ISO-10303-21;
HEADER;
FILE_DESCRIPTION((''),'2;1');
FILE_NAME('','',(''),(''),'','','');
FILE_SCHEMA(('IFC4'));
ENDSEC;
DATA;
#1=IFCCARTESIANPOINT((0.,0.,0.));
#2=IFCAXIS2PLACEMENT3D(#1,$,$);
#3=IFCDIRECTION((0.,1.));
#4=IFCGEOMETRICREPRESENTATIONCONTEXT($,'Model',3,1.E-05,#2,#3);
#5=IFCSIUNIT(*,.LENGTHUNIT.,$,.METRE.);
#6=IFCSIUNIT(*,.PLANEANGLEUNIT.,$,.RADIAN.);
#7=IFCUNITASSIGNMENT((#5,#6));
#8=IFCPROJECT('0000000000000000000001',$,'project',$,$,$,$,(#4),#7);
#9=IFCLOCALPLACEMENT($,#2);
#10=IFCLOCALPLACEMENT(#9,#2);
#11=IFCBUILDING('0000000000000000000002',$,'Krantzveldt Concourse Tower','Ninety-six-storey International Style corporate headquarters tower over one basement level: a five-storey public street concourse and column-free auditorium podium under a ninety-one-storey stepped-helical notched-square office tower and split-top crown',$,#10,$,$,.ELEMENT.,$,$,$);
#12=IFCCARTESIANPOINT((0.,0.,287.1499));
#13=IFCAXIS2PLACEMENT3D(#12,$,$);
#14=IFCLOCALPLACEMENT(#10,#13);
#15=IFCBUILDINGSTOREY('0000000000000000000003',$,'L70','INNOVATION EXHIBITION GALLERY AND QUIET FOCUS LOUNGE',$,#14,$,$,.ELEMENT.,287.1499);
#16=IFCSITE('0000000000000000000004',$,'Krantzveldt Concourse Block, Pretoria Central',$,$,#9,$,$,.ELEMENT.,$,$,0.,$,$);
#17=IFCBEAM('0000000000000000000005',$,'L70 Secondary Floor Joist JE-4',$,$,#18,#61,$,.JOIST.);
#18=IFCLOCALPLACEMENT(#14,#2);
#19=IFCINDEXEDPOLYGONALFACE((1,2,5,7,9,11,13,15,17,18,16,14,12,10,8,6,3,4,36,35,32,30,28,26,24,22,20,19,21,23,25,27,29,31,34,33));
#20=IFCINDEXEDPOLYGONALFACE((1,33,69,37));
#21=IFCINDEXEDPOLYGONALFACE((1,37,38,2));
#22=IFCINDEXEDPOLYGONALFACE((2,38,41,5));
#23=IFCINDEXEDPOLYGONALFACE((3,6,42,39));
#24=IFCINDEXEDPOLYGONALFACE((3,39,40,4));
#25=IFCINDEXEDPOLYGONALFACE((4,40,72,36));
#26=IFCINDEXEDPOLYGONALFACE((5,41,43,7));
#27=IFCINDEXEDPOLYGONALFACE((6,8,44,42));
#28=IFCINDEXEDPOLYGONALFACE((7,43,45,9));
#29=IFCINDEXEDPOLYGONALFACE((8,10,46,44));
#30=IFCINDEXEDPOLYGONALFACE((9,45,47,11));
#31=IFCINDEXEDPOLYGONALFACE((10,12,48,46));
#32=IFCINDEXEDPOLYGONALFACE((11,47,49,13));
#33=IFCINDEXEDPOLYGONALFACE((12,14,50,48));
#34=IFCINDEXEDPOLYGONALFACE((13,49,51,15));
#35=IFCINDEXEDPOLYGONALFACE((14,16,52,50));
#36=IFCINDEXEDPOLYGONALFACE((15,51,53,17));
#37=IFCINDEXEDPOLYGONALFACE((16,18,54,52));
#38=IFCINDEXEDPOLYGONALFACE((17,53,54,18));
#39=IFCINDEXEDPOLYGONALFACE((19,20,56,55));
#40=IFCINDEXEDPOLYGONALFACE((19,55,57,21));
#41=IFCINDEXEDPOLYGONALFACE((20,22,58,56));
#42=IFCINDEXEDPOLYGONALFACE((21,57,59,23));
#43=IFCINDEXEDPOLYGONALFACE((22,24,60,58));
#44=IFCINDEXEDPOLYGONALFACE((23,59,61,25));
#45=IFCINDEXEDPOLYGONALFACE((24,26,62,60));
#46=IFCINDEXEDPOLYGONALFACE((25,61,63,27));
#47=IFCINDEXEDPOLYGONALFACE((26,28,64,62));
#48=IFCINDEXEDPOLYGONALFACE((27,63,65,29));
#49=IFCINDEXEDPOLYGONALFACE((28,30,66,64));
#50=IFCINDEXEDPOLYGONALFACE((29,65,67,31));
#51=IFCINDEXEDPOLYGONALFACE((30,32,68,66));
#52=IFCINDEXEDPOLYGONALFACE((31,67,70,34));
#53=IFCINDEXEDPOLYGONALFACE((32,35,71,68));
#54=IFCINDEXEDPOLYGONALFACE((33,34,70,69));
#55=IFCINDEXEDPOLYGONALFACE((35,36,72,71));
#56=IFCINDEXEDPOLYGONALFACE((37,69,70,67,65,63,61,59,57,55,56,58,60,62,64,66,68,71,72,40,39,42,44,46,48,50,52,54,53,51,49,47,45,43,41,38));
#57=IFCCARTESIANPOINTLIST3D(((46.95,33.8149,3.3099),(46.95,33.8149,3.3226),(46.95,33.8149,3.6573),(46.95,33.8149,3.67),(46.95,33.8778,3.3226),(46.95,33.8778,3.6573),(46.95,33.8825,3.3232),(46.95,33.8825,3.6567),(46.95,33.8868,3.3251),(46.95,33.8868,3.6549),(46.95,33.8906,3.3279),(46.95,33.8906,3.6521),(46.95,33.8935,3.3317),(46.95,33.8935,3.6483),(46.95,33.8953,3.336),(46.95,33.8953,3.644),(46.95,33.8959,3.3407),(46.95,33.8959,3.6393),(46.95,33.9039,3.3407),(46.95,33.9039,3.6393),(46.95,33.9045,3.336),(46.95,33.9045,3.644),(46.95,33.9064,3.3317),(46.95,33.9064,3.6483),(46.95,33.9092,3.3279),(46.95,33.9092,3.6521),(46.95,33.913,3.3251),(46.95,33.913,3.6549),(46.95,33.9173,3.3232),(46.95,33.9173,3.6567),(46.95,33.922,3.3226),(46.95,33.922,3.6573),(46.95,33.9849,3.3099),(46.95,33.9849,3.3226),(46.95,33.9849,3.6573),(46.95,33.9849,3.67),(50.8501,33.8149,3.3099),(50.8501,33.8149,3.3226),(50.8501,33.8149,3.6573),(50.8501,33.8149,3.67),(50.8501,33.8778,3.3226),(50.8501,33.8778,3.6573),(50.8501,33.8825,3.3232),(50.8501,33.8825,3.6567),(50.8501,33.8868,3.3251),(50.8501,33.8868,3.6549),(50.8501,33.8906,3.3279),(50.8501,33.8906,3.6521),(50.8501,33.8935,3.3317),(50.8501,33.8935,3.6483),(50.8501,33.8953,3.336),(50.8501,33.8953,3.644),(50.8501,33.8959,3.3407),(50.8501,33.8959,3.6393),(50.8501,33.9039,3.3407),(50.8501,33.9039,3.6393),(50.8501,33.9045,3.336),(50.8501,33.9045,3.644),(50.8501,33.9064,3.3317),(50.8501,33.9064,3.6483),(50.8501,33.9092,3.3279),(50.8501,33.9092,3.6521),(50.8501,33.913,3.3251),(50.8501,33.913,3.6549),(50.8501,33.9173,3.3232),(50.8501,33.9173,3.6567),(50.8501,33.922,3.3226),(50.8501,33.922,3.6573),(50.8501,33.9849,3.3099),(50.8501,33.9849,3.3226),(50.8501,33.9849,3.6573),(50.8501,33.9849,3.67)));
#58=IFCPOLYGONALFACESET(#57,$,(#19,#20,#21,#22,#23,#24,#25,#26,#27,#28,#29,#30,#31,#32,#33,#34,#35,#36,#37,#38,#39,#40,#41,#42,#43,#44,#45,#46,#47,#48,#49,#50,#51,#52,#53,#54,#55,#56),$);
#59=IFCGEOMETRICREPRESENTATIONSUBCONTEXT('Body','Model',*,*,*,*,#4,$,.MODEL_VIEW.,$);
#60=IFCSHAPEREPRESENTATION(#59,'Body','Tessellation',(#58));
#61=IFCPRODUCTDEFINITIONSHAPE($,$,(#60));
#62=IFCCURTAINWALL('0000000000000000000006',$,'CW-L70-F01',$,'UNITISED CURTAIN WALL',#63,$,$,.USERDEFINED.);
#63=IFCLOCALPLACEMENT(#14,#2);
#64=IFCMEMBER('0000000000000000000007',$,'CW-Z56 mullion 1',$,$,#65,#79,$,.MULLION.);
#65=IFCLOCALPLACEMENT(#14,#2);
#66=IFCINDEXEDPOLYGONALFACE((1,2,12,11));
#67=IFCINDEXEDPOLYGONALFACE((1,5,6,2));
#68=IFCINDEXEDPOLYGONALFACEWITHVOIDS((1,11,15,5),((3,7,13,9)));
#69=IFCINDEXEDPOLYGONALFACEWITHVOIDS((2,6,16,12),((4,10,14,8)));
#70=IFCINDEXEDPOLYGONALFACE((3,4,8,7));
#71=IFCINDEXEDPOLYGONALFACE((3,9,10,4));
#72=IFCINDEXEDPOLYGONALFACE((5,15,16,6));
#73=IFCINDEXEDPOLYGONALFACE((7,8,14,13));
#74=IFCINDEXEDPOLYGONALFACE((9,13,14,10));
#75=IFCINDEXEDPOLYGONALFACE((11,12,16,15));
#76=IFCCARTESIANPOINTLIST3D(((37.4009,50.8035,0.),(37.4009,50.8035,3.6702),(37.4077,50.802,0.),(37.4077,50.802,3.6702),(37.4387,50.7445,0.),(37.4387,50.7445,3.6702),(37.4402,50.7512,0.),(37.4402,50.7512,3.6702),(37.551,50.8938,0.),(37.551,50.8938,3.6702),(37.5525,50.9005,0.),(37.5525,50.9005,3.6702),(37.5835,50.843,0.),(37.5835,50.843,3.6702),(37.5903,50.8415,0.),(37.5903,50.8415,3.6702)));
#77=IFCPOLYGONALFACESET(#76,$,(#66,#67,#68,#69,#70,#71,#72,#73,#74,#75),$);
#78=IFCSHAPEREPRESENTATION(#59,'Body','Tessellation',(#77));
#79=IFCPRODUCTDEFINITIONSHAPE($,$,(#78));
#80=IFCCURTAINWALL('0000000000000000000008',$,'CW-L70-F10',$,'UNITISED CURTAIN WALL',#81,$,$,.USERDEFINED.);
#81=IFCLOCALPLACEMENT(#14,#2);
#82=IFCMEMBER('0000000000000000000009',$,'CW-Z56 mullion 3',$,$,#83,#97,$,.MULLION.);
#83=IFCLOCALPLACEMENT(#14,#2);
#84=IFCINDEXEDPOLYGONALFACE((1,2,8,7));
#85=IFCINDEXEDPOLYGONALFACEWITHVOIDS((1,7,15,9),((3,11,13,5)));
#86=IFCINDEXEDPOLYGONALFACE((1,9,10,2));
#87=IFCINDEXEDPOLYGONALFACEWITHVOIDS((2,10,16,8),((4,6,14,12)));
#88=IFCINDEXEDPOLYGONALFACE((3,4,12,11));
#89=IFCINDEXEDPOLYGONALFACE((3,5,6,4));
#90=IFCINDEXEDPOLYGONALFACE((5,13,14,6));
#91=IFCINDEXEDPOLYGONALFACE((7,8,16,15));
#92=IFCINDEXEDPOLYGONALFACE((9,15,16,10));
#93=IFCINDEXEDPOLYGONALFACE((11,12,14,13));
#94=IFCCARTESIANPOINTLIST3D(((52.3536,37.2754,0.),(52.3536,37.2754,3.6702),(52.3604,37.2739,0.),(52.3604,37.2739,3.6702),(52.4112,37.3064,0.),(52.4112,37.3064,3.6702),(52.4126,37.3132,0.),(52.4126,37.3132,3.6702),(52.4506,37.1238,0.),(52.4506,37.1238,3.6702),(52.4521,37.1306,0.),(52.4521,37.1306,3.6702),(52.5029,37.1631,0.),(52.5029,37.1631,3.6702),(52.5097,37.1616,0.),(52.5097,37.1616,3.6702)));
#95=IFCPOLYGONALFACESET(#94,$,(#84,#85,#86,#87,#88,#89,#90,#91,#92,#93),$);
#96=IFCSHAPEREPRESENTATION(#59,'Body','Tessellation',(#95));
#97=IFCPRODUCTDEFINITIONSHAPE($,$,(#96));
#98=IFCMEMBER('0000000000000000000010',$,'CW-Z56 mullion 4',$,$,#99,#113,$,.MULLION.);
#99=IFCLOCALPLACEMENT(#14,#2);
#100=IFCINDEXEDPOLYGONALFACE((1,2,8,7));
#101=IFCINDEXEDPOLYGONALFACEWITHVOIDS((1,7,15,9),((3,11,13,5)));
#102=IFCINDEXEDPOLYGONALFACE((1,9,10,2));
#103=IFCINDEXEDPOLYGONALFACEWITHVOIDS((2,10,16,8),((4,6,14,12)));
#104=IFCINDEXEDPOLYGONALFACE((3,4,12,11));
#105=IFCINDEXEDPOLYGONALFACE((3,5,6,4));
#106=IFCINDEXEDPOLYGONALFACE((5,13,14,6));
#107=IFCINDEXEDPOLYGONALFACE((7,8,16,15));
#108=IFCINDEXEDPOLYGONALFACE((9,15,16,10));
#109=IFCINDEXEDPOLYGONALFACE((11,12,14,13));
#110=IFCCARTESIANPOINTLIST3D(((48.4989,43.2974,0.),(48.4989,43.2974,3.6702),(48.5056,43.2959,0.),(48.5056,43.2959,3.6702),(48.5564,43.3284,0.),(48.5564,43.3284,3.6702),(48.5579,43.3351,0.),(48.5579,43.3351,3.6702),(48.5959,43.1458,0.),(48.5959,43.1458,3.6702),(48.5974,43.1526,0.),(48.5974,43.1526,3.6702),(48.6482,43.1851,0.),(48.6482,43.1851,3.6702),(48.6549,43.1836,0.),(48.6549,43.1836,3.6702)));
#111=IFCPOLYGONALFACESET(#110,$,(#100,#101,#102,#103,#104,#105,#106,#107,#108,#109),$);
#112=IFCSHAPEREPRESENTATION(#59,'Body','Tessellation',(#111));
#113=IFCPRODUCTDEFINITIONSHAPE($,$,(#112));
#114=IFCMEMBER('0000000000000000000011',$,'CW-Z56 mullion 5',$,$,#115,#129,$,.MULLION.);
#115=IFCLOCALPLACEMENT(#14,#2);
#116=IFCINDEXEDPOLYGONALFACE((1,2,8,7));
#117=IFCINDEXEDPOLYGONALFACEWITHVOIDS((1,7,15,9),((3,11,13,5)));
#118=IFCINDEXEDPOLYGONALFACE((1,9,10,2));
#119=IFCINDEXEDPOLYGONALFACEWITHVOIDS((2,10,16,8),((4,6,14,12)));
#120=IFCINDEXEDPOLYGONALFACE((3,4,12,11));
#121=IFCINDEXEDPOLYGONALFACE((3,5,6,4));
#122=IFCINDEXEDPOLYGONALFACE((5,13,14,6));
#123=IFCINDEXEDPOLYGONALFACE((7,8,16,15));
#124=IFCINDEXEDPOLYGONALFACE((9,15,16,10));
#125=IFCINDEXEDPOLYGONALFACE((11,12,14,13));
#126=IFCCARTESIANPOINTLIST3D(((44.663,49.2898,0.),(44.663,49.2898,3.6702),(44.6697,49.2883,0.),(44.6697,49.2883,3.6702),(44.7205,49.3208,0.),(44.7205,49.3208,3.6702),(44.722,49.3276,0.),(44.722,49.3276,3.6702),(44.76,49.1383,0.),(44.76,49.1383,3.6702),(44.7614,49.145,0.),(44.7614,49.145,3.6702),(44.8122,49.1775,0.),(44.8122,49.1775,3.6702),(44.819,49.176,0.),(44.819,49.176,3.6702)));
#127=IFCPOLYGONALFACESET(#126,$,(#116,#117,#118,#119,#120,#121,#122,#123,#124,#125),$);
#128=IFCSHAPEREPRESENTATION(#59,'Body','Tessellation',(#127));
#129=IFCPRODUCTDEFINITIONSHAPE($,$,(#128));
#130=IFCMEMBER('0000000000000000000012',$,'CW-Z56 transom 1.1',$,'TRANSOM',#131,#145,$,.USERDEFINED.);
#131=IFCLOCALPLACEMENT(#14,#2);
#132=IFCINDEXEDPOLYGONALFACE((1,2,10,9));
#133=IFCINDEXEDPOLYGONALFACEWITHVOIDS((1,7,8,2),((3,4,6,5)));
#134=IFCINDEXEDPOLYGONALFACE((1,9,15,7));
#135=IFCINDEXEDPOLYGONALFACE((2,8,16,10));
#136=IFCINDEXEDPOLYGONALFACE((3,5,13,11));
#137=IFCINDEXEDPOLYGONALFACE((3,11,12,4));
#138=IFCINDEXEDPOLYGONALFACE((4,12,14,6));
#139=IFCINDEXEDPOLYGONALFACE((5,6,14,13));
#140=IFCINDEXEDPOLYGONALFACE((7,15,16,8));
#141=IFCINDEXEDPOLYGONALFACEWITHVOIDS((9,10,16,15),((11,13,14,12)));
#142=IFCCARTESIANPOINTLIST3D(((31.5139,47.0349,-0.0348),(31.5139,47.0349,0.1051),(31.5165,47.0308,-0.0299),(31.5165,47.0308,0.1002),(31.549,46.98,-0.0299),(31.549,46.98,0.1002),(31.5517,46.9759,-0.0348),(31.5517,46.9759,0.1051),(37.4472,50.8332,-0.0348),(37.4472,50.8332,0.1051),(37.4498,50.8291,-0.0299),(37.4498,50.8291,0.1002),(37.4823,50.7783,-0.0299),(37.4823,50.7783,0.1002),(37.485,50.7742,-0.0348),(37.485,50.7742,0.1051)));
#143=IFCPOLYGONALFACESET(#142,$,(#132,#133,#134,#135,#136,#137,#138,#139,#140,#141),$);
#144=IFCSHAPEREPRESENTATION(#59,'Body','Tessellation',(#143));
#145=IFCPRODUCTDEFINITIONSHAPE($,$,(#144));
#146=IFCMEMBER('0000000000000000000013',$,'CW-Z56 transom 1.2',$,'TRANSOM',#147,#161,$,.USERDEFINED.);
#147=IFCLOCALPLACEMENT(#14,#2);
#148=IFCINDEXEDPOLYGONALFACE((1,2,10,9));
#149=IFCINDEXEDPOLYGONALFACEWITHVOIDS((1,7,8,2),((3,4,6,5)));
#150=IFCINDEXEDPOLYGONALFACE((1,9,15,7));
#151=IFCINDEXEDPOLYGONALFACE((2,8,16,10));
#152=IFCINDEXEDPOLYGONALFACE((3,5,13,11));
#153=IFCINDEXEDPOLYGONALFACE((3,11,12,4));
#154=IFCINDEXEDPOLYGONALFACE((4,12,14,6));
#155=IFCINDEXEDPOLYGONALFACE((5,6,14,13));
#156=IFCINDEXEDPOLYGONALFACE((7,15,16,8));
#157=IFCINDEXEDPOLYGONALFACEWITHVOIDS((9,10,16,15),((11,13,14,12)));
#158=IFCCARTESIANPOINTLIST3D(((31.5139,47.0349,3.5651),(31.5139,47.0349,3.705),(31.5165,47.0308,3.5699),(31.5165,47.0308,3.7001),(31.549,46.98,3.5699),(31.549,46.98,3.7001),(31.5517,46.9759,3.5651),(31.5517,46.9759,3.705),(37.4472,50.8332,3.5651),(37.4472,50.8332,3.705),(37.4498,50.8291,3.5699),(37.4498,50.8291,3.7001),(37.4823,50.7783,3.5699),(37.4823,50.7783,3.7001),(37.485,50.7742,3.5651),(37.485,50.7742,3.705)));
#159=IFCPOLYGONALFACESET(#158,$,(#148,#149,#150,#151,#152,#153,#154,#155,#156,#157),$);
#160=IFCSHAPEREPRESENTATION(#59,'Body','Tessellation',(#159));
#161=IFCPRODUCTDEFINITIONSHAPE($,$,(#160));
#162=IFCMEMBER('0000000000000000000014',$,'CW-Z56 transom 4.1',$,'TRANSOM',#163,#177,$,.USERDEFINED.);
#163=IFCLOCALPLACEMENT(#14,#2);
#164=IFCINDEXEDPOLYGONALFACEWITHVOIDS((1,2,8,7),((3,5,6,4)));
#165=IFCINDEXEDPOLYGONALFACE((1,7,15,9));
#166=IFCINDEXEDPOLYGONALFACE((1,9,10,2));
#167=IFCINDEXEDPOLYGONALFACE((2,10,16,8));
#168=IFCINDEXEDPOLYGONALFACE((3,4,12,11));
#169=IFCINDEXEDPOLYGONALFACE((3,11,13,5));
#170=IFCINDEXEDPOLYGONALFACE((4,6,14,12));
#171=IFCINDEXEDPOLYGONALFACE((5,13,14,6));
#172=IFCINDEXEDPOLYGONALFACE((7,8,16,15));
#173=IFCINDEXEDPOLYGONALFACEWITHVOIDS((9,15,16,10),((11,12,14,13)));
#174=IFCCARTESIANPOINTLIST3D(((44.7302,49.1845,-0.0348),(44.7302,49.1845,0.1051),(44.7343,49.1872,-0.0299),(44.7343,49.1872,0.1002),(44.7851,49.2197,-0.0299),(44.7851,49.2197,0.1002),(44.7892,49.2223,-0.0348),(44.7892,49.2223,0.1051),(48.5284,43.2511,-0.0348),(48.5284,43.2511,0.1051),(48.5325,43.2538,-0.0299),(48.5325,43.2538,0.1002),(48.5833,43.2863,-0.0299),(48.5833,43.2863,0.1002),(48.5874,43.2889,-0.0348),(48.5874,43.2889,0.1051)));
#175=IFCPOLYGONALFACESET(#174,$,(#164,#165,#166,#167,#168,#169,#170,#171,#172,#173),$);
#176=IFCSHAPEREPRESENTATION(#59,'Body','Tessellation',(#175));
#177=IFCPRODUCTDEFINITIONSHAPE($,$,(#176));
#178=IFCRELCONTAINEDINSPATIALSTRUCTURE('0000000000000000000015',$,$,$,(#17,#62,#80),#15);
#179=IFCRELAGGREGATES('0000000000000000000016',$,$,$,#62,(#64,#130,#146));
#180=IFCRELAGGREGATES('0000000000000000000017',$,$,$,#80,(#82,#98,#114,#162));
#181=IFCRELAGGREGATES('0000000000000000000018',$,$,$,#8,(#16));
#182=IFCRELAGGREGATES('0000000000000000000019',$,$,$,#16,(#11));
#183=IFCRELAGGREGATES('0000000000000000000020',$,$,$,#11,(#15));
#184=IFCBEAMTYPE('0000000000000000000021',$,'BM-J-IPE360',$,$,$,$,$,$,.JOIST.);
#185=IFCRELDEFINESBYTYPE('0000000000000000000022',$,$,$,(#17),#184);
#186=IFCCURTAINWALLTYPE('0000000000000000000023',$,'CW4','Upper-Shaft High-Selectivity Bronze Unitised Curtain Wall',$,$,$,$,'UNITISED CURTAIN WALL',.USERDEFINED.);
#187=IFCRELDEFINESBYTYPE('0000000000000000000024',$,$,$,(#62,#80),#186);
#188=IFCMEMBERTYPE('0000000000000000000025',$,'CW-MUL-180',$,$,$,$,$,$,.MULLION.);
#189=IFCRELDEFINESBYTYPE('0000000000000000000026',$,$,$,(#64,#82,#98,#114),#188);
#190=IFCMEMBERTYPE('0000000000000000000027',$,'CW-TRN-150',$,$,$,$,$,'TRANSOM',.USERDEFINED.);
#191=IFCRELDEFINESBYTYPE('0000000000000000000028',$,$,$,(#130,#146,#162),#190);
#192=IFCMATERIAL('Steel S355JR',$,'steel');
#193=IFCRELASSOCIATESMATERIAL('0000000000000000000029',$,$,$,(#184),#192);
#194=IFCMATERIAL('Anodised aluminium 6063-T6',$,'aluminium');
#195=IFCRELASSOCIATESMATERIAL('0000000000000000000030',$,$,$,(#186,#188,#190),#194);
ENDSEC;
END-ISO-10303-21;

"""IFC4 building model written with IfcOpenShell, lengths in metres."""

from ifc_helpers import new_model, si_unit, direction, frame, origin, origin_2d, place, context, subcontext, project, spatial, hollow_rectangle, i_section, extrude, source, transform, mapped, material, material_profile, profile_set, type_object, type_shapes, element, aggregate, save


model = new_model("IFC4")

# Units and contexts
model_context = context("Model", 3, precision=1e-05, world=origin(), true_north=direction((0.0, 1.0)))
body_context = subcontext(model_context, "Body", "Model", "MODEL_VIEW")
ifc_project = project(units=[si_unit("LENGTHUNIT", "METRE"), si_unit("PLANEANGLEUNIT", "RADIAN")], contexts=[model_context])

# Site, building, storey
site_placement = place(None, origin())
site = spatial("IfcSite", under=ifc_project, at=site_placement, Name="Krantzveldt Concourse Block, Pretoria Central", CompositionType="ELEMENT", RefElevation=0.0)
building_placement = place(site_placement, origin())
building = spatial("IfcBuilding", under=site, at=building_placement, Name="Krantzveldt Concourse Tower", Description="Ninety-six-storey International Style corporate headquarters tower over one basement level: a five-storey public street concourse and column-free auditorium podium under a ninety-one-storey stepped-helical notched-square office tower and split-top crown", CompositionType="ELEMENT")
storey_placement = place(building_placement, frame((0.0, 0.0, 287.1499)))
storey = spatial("IfcBuildingStorey", under=building, at=storey_placement, Name="L70", Description="INNOVATION EXHIBITION GALLERY AND QUIET FOCUS LOUNGE", CompositionType="ELEMENT", Elevation=287.1499)

# Beam
ifc_material_1 = material(Name="Steel S355JR", Category="steel")
ifc_material_profile_1 = material_profile(ifc_material_1, i_section(OverallWidth=0.1699, OverallDepth=0.3601, WebThickness=0.0081, FlangeThickness=0.0127, FilletRadius=0.0181, at=origin_2d()), Name="Steel S355JR", Category="steel")
ifc_profile_set_1 = profile_set([ifc_material_profile_1], Name="Steel S355JR - IPE 360")
beam_type_1 = type_object("IfcBeamType", Name="BM-J-IPE360", PredefinedType="JOIST", material=ifc_profile_set_1)
shared_shape_1 = source(origin(), body_context, "Body", "SweptSolid", [
    extrude(i_section(OverallWidth=0.1699, OverallDepth=0.3601, WebThickness=0.0081, FlangeThickness=0.0127, FilletRadius=0.0181, at=origin_2d()), origin(), (0.0, 0.0, 1.0), 3.9001),
])
type_shapes(beam_type_1, [shared_shape_1])
beam_1_placement = place(storey_placement, frame((46.95, 33.8999, 3.49), z_axis=(1.0, 0.0, 0.0), x_axis=(0.0, 1.0, 0.0)))
element("IfcBeam", 1, at=beam_1_placement, inside=storey, type_object=beam_type_1, Name="L70 Secondary Floor Joist JE-4", PredefinedType="JOIST", context=body_context, shape_type="MappedRepresentation", body=[
    mapped(shared_shape_1, transform((0.0, 0.0, 0.0), x_axis=(1.0, 0.0, 0.0), y_axis=(0.0, 1.0, 0.0), z_axis=(0.0, 0.0, 1.0), scale=1.0)),
])

# Curtain wall, member
ifc_material_2 = material(Name="Anodised aluminium 6063-T6", Category="aluminium")
curtain_wall_type = type_object("IfcCurtainWallType", Name="CW4", Description="Upper-Shaft High-Selectivity Bronze Unitised Curtain Wall", ElementType="UNITISED CURTAIN WALL", PredefinedType="USERDEFINED", material=ifc_material_2)
curtain_wall_1_placement = place(storey_placement, origin())
curtain_wall_1 = element("IfcCurtainWall", 2, at=curtain_wall_1_placement, inside=storey, type_object=curtain_wall_type, Name="CW-L70-F01", ObjectType="UNITISED CURTAIN WALL", PredefinedType="USERDEFINED")
ifc_material_profile_2 = material_profile(ifc_material_2, hollow_rectangle(XDim=0.0701, YDim=0.1799, WallThickness=0.0049, at=origin_2d()), Name="Anodised aluminium 6063-T6", Category="aluminium")
ifc_profile_set_2 = profile_set([ifc_material_profile_2], Name="Anodised aluminium 6063-T6 - ALU-MULL 180x70x5")
member_type_1 = type_object("IfcMemberType", Name="CW-MUL-180", PredefinedType="MULLION", material=ifc_profile_set_2)
shared_shape_2 = source(origin(), body_context, "Body", "SweptSolid", [
    extrude(hollow_rectangle(XDim=0.0701, YDim=0.1799, WallThickness=0.0049, at=origin_2d()), origin(), (0.0, 0.0, 1.0), 3.6702),
])
type_shapes(member_type_1, [shared_shape_2])
member_1_placement = place(storey_placement, frame((37.4956, 50.8225, 0.0), z_axis=(0.0, 0.0, 1.0), x_axis=(0.539138, -0.842217, 0.0)))
member_1 = element("IfcMember", 3, at=member_1_placement, type_object=member_type_1, Name="CW-Z56 mullion 1", PredefinedType="MULLION", context=body_context, shape_type="MappedRepresentation", body=[
    mapped(shared_shape_2, transform((0.0, 0.0, 0.0), x_axis=(1.0, 0.0, 0.0), y_axis=(0.0, 1.0, 0.0), z_axis=(0.0, 0.0, 1.0), scale=1.0)),
])

# Curtain wall, members
curtain_wall_2_placement = place(storey_placement, origin())
curtain_wall_2 = element("IfcCurtainWall", 4, at=curtain_wall_2_placement, inside=storey, type_object=curtain_wall_type, Name="CW-L70-F10", ObjectType="UNITISED CURTAIN WALL", PredefinedType="USERDEFINED")
member_2_placement = place(storey_placement, frame((52.4316, 37.2185, 0.0), z_axis=(0.0, 0.0, 1.0), x_axis=(-0.842217, -0.539138, 0.0)))
member_2 = element("IfcMember", 5, at=member_2_placement, type_object=member_type_1, Name="CW-Z56 mullion 3", PredefinedType="MULLION", context=body_context, shape_type="MappedRepresentation", body=[
    mapped(shared_shape_2, transform((0.0, 0.0, 0.0), x_axis=(1.0, 0.0, 0.0), y_axis=(0.0, 1.0, 0.0), z_axis=(0.0, 0.0, 1.0), scale=1.0)),
])
member_3_placement = place(storey_placement, frame((48.5769, 43.2405, 0.0), z_axis=(0.0, 0.0, 1.0), x_axis=(-0.842217, -0.539138, 0.0)))
member_3 = element("IfcMember", 6, at=member_3_placement, type_object=member_type_1, Name="CW-Z56 mullion 4", PredefinedType="MULLION", context=body_context, shape_type="MappedRepresentation", body=[
    mapped(shared_shape_2, transform((0.0, 0.0, 0.0), x_axis=(1.0, 0.0, 0.0), y_axis=(0.0, 1.0, 0.0), z_axis=(0.0, 0.0, 1.0), scale=1.0)),
])
member_4_placement = place(storey_placement, frame((44.741, 49.2329, 0.0), z_axis=(0.0, 0.0, 1.0), x_axis=(-0.842217, -0.539138, 0.0)))
member_4 = element("IfcMember", 7, at=member_4_placement, type_object=member_type_1, Name="CW-Z56 mullion 5", PredefinedType="MULLION", context=body_context, shape_type="MappedRepresentation", body=[
    mapped(shared_shape_2, transform((0.0, 0.0, 0.0), x_axis=(1.0, 0.0, 0.0), y_axis=(0.0, 1.0, 0.0), z_axis=(0.0, 0.0, 1.0), scale=1.0)),
])

# Members
ifc_material_profile_3 = material_profile(ifc_material_2, hollow_rectangle(XDim=0.0701, YDim=0.1399, WallThickness=0.0049, at=origin_2d()), Name="Anodised aluminium 6063-T6", Category="aluminium")
ifc_profile_set_3 = profile_set([ifc_material_profile_3], Name="Anodised aluminium 6063-T6 - ALU-TRAN 140x70x5")
member_type_2 = type_object("IfcMemberType", Name="CW-TRN-150", ElementType="TRANSOM", PredefinedType="USERDEFINED", material=ifc_profile_set_3)
shared_shape_3 = source(origin(), body_context, "Body", "SweptSolid", [
    extrude(hollow_rectangle(XDim=0.0701, YDim=0.1399, WallThickness=0.0049, at=origin_2d()), origin(), (0.0, 0.0, 1.0), 7.0449),
])
member_5_placement = place(storey_placement, frame((37.4661, 50.8037, 0.0352), z_axis=(-0.842207, -0.539154, 0.0), x_axis=(0.539154, -0.842207, 0.0)))
member_5 = element("IfcMember", 8, at=member_5_placement, type_object=member_type_2, Name="CW-Z56 transom 1.1", ObjectType="TRANSOM", PredefinedType="USERDEFINED", context=body_context, shape_type="MappedRepresentation", body=[
    mapped(shared_shape_3, transform((0.0, 0.0, 0.0), x_axis=(1.0, 0.0, 0.0), y_axis=(0.0, 1.0, 0.0), z_axis=(0.0, 0.0, 1.0), scale=1.0)),
])
member_6_placement = place(storey_placement, frame((37.4661, 50.8037, 3.635), z_axis=(-0.842207, -0.539154, 0.0), x_axis=(0.539154, -0.842207, 0.0)))
member_6 = element("IfcMember", 9, at=member_6_placement, type_object=member_type_2, Name="CW-Z56 transom 1.2", ObjectType="TRANSOM", PredefinedType="USERDEFINED", context=body_context, shape_type="MappedRepresentation", body=[
    mapped(shared_shape_3, transform((0.0, 0.0, 0.0), x_axis=(1.0, 0.0, 0.0), y_axis=(0.0, 1.0, 0.0), z_axis=(0.0, 0.0, 1.0), scale=1.0)),
])
member_7_placement = place(storey_placement, frame((48.5579, 43.27, 0.0352), z_axis=(-0.539129, 0.842223, 0.0), x_axis=(-0.842223, -0.539129, 0.0)))
member_7 = element("IfcMember", 10, at=member_7_placement, type_object=member_type_2, Name="CW-Z56 transom 4.1", ObjectType="TRANSOM", PredefinedType="USERDEFINED", context=body_context, shape_type="MappedRepresentation", body=[
    mapped(shared_shape_3, transform((0.0, 0.0, 0.0), x_axis=(1.0, 0.0, 0.0), y_axis=(0.0, 1.0, 0.0), z_axis=(0.0, 0.0, 1.0), scale=1.0)),
])

aggregate(curtain_wall_1, [member_1, member_5, member_6])
aggregate(curtain_wall_2, [member_2, member_3, member_4, member_7])

save(model, "model.ifc")
